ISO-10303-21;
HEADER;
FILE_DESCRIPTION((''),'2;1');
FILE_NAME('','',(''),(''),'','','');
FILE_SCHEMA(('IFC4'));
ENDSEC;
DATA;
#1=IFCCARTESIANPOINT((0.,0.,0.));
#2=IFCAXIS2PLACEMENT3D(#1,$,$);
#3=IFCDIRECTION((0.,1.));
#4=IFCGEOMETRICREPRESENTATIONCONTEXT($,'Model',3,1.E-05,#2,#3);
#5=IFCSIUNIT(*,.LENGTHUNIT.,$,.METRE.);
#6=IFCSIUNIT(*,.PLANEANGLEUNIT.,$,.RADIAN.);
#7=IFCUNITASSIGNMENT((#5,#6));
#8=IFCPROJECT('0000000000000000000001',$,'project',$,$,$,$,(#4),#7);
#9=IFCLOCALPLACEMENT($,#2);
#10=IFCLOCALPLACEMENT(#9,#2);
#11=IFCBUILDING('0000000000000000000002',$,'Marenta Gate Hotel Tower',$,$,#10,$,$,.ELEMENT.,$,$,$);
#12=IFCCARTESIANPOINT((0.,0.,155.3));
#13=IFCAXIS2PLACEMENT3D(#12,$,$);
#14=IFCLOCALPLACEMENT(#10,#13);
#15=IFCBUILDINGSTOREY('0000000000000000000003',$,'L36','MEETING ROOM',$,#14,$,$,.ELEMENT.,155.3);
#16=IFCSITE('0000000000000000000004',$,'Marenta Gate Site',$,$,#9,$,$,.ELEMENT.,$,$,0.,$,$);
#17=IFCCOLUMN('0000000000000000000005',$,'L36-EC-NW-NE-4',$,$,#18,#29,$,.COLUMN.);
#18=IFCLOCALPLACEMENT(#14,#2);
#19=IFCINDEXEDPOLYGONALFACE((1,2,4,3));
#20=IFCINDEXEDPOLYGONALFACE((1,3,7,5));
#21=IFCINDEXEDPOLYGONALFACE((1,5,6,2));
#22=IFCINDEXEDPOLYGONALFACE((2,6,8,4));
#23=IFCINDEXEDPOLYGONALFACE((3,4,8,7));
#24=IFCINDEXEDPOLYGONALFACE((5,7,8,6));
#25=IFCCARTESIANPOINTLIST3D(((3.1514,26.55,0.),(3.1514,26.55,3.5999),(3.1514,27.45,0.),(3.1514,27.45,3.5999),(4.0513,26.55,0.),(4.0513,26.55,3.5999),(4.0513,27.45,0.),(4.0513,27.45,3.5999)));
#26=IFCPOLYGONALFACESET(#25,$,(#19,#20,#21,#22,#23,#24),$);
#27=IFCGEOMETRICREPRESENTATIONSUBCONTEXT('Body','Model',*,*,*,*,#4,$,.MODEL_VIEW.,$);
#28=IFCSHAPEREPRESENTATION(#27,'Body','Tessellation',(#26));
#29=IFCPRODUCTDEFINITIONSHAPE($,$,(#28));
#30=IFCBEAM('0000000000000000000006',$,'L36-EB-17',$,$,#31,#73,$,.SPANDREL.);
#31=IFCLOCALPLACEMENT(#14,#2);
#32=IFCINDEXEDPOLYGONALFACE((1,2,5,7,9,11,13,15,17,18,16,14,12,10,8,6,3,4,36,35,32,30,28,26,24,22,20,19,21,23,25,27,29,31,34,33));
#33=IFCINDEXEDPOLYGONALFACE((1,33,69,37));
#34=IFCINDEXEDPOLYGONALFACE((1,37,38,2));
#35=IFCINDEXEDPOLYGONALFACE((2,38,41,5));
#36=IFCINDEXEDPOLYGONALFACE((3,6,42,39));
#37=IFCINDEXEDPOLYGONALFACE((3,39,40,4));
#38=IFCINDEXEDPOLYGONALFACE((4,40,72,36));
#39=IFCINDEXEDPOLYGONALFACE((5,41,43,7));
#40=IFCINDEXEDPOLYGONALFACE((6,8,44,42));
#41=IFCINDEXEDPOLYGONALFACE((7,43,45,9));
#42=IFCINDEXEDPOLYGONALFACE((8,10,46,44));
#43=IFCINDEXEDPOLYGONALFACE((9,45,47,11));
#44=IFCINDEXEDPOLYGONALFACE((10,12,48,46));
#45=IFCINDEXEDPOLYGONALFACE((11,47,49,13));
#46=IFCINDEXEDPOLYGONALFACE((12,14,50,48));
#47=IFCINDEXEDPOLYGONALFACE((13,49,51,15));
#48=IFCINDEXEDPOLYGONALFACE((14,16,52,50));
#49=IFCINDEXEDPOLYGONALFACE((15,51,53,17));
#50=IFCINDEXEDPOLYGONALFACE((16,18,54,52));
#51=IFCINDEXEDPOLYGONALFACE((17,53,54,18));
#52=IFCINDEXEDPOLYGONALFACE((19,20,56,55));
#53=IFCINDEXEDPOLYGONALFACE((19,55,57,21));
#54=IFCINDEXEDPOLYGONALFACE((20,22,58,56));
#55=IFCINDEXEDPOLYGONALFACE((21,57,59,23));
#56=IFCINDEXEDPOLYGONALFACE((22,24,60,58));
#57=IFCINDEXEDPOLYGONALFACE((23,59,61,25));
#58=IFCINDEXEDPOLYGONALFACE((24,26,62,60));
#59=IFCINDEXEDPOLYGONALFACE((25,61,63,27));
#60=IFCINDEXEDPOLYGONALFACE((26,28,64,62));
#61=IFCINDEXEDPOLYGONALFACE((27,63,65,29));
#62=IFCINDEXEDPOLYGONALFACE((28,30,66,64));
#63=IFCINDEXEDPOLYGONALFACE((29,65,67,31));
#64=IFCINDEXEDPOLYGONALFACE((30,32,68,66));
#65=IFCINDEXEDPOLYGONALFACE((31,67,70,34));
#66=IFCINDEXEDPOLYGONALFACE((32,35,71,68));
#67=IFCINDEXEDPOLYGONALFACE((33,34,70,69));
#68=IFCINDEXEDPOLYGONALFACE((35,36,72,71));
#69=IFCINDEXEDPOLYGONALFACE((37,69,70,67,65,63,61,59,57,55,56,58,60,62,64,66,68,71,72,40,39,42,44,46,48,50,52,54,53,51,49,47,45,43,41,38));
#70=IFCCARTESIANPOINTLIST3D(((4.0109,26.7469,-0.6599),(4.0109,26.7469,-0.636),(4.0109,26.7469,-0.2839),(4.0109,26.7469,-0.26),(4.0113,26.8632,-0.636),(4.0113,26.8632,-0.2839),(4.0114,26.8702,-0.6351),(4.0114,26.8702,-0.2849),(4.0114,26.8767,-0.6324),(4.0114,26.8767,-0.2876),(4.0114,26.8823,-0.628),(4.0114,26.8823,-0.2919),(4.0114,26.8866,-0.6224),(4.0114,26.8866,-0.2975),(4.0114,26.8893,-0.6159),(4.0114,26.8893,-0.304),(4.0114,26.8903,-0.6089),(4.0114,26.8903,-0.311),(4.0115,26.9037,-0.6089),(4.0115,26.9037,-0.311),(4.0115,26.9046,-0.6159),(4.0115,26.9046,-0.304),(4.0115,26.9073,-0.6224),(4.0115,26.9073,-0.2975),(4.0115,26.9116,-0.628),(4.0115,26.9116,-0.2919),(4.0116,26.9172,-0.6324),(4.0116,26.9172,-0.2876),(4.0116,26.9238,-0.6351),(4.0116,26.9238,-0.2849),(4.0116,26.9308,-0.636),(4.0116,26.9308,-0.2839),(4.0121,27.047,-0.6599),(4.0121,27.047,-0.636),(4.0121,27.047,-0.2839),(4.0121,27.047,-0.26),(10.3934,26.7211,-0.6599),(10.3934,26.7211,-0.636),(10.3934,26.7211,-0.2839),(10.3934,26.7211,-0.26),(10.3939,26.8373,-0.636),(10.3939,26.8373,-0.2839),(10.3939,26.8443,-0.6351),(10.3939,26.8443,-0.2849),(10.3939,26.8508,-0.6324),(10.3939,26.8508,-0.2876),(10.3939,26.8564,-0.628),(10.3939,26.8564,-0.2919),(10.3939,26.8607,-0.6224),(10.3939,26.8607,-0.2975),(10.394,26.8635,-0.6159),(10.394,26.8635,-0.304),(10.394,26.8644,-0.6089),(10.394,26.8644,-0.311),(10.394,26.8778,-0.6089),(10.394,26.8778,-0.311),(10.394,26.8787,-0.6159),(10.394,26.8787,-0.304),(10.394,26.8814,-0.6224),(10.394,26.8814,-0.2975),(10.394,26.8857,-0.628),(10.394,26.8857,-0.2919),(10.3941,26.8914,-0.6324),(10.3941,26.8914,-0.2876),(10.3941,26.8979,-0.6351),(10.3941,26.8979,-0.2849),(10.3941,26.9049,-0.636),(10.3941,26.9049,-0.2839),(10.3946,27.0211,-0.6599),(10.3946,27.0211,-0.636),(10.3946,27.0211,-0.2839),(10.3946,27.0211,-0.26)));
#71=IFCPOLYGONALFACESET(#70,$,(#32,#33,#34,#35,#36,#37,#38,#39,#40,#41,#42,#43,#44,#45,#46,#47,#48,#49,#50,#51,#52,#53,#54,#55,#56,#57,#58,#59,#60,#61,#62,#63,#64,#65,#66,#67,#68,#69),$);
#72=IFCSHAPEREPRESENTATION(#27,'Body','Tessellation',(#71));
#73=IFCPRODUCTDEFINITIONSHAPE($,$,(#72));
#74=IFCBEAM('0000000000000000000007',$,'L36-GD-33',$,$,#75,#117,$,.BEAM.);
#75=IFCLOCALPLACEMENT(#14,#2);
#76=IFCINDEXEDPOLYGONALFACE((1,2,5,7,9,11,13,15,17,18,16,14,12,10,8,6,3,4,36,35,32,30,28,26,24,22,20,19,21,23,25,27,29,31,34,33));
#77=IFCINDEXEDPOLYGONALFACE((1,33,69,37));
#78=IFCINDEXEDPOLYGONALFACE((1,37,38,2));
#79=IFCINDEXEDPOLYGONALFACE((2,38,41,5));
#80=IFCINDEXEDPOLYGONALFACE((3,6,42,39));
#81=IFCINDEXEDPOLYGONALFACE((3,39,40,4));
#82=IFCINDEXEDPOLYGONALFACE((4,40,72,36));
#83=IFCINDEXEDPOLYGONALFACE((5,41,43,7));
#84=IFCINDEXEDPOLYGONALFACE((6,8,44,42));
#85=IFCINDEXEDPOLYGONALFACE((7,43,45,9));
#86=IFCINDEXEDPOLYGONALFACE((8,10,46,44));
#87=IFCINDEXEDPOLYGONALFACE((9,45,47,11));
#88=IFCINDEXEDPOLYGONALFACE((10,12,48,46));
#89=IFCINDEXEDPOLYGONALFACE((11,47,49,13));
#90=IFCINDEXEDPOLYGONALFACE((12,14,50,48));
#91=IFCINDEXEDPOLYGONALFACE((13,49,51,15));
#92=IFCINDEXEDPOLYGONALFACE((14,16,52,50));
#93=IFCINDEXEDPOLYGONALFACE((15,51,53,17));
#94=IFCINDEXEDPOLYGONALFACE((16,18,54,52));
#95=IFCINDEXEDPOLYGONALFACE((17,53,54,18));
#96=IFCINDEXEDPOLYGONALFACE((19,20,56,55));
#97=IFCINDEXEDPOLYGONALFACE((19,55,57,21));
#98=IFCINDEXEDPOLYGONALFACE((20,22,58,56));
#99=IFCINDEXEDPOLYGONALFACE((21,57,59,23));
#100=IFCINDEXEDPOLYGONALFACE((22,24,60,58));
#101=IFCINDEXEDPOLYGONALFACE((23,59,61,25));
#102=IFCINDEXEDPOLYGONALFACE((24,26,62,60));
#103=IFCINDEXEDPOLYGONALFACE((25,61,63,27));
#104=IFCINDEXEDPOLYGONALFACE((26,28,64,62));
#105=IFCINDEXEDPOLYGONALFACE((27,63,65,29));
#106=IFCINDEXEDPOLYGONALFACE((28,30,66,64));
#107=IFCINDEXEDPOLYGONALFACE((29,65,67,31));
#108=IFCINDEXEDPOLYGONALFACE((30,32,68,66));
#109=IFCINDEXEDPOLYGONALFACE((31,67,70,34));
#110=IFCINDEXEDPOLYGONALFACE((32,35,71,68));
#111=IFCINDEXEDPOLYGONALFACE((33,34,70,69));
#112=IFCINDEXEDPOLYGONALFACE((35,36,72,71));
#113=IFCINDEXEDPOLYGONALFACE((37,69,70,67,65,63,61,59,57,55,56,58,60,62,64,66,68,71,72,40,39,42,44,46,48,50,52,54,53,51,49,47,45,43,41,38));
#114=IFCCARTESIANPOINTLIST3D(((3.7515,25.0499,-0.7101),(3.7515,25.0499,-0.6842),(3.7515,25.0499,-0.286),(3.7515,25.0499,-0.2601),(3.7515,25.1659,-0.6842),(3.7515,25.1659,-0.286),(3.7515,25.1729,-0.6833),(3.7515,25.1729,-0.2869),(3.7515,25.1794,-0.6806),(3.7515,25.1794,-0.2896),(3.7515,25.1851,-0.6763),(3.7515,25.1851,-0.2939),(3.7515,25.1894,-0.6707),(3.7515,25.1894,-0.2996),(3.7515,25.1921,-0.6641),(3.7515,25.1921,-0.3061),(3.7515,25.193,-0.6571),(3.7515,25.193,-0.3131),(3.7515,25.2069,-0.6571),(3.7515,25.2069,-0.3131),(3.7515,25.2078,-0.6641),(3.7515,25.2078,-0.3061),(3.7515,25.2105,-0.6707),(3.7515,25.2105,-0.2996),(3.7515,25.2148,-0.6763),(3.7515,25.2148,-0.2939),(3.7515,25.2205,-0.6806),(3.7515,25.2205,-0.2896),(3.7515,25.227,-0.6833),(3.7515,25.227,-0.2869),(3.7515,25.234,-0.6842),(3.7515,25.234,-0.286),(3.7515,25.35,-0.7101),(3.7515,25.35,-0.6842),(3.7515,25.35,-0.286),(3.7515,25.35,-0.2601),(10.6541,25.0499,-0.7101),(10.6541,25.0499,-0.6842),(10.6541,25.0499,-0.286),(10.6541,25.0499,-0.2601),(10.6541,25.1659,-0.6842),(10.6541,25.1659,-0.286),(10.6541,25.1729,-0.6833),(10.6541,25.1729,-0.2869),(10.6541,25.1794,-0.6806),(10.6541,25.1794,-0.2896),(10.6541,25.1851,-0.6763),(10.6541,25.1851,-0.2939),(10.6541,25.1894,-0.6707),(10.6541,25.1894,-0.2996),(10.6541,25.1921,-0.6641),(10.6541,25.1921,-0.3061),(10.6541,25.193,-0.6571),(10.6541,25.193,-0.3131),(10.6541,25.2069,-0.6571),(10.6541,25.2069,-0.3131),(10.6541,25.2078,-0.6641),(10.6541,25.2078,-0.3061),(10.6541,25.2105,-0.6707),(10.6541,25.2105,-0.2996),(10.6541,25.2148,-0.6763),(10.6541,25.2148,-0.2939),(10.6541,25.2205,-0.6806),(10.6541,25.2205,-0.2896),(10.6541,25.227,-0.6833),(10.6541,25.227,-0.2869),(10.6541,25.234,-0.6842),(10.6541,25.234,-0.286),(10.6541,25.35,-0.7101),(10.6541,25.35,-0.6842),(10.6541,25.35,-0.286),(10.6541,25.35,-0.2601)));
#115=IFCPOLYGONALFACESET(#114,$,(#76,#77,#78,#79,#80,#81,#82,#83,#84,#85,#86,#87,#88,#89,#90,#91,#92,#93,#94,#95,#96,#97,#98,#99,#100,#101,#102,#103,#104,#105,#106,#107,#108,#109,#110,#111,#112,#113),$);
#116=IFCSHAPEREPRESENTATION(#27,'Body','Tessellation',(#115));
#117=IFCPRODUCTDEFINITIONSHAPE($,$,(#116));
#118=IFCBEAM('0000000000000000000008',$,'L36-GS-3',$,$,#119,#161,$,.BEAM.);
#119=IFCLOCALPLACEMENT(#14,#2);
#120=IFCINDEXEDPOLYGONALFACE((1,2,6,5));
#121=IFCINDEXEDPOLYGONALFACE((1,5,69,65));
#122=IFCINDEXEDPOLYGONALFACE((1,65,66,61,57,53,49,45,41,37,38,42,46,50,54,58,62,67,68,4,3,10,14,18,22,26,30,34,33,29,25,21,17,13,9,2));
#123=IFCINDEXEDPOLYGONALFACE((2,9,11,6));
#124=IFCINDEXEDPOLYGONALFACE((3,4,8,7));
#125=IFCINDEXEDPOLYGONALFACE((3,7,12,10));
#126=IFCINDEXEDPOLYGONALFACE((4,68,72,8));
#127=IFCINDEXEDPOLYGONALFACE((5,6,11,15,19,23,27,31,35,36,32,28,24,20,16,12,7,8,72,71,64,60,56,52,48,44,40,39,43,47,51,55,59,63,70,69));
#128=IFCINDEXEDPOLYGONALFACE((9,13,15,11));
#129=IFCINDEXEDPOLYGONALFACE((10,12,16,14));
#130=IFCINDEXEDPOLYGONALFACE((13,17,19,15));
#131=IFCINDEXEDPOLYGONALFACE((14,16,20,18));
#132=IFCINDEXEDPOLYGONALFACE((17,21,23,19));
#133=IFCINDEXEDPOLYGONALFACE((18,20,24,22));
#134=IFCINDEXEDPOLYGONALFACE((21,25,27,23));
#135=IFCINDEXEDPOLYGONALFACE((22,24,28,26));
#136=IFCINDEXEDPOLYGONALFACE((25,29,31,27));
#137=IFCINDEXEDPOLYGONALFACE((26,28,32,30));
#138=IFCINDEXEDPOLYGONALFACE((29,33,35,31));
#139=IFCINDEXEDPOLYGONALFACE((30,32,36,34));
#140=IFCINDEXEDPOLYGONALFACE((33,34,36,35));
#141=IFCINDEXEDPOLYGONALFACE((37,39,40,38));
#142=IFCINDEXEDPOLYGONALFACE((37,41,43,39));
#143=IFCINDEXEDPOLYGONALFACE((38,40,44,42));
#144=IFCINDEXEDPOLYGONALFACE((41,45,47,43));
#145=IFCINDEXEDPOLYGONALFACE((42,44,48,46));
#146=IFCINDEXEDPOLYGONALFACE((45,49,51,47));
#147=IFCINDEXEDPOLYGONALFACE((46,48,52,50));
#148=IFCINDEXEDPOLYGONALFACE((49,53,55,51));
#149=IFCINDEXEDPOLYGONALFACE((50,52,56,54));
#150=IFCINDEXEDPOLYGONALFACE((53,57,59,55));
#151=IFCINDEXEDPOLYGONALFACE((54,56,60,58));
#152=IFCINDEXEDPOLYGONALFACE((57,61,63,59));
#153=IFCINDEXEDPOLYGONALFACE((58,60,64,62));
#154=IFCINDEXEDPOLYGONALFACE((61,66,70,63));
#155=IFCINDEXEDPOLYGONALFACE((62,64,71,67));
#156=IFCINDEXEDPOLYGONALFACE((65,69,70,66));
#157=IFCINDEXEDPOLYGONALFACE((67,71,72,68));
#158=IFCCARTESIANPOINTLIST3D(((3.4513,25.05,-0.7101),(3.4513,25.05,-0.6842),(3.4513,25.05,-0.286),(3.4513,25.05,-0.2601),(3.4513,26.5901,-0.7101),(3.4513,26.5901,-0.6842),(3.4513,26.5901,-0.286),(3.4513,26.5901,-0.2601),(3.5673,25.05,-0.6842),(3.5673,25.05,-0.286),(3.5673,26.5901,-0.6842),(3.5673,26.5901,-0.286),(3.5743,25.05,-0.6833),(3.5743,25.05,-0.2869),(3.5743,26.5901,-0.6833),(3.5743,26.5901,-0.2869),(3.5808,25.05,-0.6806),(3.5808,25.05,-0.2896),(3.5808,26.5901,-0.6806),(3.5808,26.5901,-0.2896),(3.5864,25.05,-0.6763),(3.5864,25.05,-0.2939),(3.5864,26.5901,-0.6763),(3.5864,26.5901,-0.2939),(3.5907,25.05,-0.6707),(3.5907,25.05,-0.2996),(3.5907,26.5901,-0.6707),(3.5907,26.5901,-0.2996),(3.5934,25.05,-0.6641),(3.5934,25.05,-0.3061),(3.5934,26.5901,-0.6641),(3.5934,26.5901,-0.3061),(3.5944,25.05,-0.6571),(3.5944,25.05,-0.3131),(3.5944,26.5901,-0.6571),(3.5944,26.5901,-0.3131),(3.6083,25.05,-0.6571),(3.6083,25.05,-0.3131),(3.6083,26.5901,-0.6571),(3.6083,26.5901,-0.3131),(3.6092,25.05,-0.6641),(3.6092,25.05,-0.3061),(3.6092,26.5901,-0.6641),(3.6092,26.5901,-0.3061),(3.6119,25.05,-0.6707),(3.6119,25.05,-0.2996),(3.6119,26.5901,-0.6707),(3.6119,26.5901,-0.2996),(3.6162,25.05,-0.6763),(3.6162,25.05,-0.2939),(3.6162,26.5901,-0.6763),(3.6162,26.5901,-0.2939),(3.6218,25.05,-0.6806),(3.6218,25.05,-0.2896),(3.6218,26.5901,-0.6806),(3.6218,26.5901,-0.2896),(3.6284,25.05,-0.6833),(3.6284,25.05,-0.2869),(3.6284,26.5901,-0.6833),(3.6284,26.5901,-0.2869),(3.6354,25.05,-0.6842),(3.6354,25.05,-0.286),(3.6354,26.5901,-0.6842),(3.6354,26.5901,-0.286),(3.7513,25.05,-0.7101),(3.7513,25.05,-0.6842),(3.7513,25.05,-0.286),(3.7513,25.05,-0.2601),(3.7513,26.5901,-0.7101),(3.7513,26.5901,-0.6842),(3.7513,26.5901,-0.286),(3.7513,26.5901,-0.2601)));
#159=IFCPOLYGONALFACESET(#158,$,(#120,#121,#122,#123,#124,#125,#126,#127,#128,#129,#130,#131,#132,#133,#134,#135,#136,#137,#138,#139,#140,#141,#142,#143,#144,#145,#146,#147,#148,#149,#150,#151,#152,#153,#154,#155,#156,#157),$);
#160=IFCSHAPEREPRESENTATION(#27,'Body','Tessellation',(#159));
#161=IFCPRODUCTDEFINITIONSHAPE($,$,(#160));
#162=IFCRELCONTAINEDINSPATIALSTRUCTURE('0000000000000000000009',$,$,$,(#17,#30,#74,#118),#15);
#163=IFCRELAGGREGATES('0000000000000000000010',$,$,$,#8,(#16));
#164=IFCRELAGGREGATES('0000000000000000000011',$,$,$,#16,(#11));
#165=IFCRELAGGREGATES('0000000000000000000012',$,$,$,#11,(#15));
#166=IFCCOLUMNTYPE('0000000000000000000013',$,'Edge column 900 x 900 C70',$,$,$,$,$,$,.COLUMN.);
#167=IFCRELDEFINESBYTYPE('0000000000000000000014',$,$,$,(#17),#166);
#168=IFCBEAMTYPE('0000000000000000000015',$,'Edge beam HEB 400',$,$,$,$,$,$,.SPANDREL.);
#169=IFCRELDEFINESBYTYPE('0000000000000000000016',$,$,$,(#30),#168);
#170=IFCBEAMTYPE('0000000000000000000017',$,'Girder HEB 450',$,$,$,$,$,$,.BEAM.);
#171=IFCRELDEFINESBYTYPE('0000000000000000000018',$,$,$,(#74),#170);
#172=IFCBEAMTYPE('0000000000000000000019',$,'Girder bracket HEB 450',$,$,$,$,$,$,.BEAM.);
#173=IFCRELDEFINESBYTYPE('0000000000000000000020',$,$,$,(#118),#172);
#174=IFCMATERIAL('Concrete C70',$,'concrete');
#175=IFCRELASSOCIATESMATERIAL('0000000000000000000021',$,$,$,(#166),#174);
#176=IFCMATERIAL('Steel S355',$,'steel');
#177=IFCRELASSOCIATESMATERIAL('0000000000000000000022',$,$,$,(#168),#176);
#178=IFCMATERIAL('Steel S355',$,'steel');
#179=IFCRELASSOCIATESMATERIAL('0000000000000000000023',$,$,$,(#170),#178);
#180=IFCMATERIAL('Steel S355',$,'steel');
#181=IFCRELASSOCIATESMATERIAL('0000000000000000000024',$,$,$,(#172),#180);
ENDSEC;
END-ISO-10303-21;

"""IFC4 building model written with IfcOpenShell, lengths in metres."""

from ifc_helpers import new_model, si_unit, direction, frame, origin, origin_2d, place, context, subcontext, project, spatial, rectangle, i_section, extrude, material, material_profile, profile_set, type_object, element, save


model = new_model("IFC4")

# Units and contexts
model_context = context("Model", 3, precision=1e-05, world=origin(), true_north=direction((0.0, 1.0)))
body_context = subcontext(model_context, "Body", "Model", "MODEL_VIEW")
ifc_project = project(units=[si_unit("LENGTHUNIT", "METRE"), si_unit("PLANEANGLEUNIT", "RADIAN")], contexts=[model_context])

# Site, building, storey
site_placement = place(None, origin())
site = spatial("IfcSite", under=ifc_project, at=site_placement, Name="Marenta Gate Site", CompositionType="ELEMENT", RefElevation=0.0)
building_placement = place(site_placement, origin())
building = spatial("IfcBuilding", under=site, at=building_placement, Name="Marenta Gate Hotel Tower", CompositionType="ELEMENT")
storey_placement = place(building_placement, frame((0.0, 0.0, 155.3)))
storey = spatial("IfcBuildingStorey", under=building, at=storey_placement, Name="L36", Description="MEETING ROOM", CompositionType="ELEMENT", Elevation=155.3)

# Column
ifc_material_1 = material(Name="Concrete C70", Category="concrete")
ifc_material_profile_1 = material_profile(ifc_material_1, rectangle(XDim=0.8999, YDim=0.8999, at=origin_2d()), Name="900 x 900")
ifc_profile_set_1 = profile_set([ifc_material_profile_1], Name="Concrete C70")
column_type = type_object("IfcColumnType", Name="Edge column 900 x 900 C70", PredefinedType="COLUMN", material=ifc_profile_set_1)
column_placement = place(storey_placement, frame((3.6013, 27.0, 0.0), z_axis=(0.0, 0.0, 1.0), x_axis=(1.0, 0.0, 0.0)))
element("IfcColumn", 1, at=column_placement, inside=storey, type_object=column_type, Name="L36-EC-NW-NE-4", PredefinedType="COLUMN", context=body_context, shape_type="SweptSolid", body=[
    extrude(rectangle(XDim=0.8999, YDim=0.8999, at=origin_2d()), origin(), (0.0, 0.0, 1.0), 3.5999),
])

# Beams
ifc_material_2 = material(Name="Steel S355", Category="steel")
ifc_material_profile_2 = material_profile(ifc_material_2, i_section(OverallWidth=0.3, OverallDepth=0.3999, WebThickness=0.0134, FlangeThickness=0.0239, FilletRadius=0.0271, at=origin_2d()), Name="HEB 400")
ifc_profile_set_2 = profile_set([ifc_material_profile_2], Name="Steel S355")
beam_type_1 = type_object("IfcBeamType", Name="Edge beam HEB 400", PredefinedType="SPANDREL", material=ifc_profile_set_2)
beam_1_placement = place(storey_placement, frame((4.0115, 26.897, -0.46), z_axis=(0.999992, -0.004055, 0.0), x_axis=(0.004055, 0.999992, 0.0)))
element("IfcBeam", 2, at=beam_1_placement, inside=storey, type_object=beam_type_1, Name="L36-EB-17", PredefinedType="SPANDREL", context=body_context, shape_type="SweptSolid", body=[
    extrude(i_section(OverallWidth=0.3, OverallDepth=0.3999, WebThickness=0.0134, FlangeThickness=0.0239, FilletRadius=0.0271, at=origin_2d()), origin(), (0.0, 0.0, 1.0), 6.3826),
])
ifc_material_3 = material(Name="Steel S355", Category="steel")
ifc_material_profile_3 = material_profile(ifc_material_3, i_section(OverallWidth=0.3, OverallDepth=0.45, WebThickness=0.0139, FlangeThickness=0.0259, FilletRadius=0.0271, at=origin_2d()), Name="HEB 450")
ifc_profile_set_3 = profile_set([ifc_material_profile_3], Name="Steel S355")
beam_type_2 = type_object("IfcBeamType", Name="Girder HEB 450", PredefinedType="BEAM", material=ifc_profile_set_3)
beam_2_placement = place(storey_placement, frame((3.7515, 25.2, -0.4851), z_axis=(1.0, 0.0, 0.0), x_axis=(0.0, 1.0, 0.0)))
element("IfcBeam", 3, at=beam_2_placement, inside=storey, type_object=beam_type_2, Name="L36-GD-33", PredefinedType="BEAM", context=body_context, shape_type="SweptSolid", body=[
    extrude(i_section(OverallWidth=0.3, OverallDepth=0.45, WebThickness=0.0139, FlangeThickness=0.0259, FilletRadius=0.0271, at=origin_2d()), origin(), (0.0, 0.0, 1.0), 6.9026),
])
ifc_material_4 = material(Name="Steel S355", Category="steel")
ifc_material_profile_4 = material_profile(ifc_material_4, i_section(OverallWidth=0.3, OverallDepth=0.45, WebThickness=0.0139, FlangeThickness=0.0259, FilletRadius=0.0271, at=origin_2d()), Name="HEB 450")
ifc_profile_set_4 = profile_set([ifc_material_profile_4], Name="Steel S355")
beam_type_3 = type_object("IfcBeamType", Name="Girder bracket HEB 450", PredefinedType="BEAM", material=ifc_profile_set_4)
beam_3_placement = place(storey_placement, frame((3.6013, 25.05, -0.4851), z_axis=(0.0, 1.0, 0.0), x_axis=(-1.0, 0.0, 0.0)))
element("IfcBeam", 4, at=beam_3_placement, inside=storey, type_object=beam_type_3, Name="L36-GS-3", PredefinedType="BEAM", context=body_context, shape_type="SweptSolid", body=[
    extrude(i_section(OverallWidth=0.3, OverallDepth=0.45, WebThickness=0.0139, FlangeThickness=0.0259, FilletRadius=0.0271, at=origin_2d()), origin(), (0.0, 0.0, 1.0), 1.54),
])

save(model, "model.ifc")
